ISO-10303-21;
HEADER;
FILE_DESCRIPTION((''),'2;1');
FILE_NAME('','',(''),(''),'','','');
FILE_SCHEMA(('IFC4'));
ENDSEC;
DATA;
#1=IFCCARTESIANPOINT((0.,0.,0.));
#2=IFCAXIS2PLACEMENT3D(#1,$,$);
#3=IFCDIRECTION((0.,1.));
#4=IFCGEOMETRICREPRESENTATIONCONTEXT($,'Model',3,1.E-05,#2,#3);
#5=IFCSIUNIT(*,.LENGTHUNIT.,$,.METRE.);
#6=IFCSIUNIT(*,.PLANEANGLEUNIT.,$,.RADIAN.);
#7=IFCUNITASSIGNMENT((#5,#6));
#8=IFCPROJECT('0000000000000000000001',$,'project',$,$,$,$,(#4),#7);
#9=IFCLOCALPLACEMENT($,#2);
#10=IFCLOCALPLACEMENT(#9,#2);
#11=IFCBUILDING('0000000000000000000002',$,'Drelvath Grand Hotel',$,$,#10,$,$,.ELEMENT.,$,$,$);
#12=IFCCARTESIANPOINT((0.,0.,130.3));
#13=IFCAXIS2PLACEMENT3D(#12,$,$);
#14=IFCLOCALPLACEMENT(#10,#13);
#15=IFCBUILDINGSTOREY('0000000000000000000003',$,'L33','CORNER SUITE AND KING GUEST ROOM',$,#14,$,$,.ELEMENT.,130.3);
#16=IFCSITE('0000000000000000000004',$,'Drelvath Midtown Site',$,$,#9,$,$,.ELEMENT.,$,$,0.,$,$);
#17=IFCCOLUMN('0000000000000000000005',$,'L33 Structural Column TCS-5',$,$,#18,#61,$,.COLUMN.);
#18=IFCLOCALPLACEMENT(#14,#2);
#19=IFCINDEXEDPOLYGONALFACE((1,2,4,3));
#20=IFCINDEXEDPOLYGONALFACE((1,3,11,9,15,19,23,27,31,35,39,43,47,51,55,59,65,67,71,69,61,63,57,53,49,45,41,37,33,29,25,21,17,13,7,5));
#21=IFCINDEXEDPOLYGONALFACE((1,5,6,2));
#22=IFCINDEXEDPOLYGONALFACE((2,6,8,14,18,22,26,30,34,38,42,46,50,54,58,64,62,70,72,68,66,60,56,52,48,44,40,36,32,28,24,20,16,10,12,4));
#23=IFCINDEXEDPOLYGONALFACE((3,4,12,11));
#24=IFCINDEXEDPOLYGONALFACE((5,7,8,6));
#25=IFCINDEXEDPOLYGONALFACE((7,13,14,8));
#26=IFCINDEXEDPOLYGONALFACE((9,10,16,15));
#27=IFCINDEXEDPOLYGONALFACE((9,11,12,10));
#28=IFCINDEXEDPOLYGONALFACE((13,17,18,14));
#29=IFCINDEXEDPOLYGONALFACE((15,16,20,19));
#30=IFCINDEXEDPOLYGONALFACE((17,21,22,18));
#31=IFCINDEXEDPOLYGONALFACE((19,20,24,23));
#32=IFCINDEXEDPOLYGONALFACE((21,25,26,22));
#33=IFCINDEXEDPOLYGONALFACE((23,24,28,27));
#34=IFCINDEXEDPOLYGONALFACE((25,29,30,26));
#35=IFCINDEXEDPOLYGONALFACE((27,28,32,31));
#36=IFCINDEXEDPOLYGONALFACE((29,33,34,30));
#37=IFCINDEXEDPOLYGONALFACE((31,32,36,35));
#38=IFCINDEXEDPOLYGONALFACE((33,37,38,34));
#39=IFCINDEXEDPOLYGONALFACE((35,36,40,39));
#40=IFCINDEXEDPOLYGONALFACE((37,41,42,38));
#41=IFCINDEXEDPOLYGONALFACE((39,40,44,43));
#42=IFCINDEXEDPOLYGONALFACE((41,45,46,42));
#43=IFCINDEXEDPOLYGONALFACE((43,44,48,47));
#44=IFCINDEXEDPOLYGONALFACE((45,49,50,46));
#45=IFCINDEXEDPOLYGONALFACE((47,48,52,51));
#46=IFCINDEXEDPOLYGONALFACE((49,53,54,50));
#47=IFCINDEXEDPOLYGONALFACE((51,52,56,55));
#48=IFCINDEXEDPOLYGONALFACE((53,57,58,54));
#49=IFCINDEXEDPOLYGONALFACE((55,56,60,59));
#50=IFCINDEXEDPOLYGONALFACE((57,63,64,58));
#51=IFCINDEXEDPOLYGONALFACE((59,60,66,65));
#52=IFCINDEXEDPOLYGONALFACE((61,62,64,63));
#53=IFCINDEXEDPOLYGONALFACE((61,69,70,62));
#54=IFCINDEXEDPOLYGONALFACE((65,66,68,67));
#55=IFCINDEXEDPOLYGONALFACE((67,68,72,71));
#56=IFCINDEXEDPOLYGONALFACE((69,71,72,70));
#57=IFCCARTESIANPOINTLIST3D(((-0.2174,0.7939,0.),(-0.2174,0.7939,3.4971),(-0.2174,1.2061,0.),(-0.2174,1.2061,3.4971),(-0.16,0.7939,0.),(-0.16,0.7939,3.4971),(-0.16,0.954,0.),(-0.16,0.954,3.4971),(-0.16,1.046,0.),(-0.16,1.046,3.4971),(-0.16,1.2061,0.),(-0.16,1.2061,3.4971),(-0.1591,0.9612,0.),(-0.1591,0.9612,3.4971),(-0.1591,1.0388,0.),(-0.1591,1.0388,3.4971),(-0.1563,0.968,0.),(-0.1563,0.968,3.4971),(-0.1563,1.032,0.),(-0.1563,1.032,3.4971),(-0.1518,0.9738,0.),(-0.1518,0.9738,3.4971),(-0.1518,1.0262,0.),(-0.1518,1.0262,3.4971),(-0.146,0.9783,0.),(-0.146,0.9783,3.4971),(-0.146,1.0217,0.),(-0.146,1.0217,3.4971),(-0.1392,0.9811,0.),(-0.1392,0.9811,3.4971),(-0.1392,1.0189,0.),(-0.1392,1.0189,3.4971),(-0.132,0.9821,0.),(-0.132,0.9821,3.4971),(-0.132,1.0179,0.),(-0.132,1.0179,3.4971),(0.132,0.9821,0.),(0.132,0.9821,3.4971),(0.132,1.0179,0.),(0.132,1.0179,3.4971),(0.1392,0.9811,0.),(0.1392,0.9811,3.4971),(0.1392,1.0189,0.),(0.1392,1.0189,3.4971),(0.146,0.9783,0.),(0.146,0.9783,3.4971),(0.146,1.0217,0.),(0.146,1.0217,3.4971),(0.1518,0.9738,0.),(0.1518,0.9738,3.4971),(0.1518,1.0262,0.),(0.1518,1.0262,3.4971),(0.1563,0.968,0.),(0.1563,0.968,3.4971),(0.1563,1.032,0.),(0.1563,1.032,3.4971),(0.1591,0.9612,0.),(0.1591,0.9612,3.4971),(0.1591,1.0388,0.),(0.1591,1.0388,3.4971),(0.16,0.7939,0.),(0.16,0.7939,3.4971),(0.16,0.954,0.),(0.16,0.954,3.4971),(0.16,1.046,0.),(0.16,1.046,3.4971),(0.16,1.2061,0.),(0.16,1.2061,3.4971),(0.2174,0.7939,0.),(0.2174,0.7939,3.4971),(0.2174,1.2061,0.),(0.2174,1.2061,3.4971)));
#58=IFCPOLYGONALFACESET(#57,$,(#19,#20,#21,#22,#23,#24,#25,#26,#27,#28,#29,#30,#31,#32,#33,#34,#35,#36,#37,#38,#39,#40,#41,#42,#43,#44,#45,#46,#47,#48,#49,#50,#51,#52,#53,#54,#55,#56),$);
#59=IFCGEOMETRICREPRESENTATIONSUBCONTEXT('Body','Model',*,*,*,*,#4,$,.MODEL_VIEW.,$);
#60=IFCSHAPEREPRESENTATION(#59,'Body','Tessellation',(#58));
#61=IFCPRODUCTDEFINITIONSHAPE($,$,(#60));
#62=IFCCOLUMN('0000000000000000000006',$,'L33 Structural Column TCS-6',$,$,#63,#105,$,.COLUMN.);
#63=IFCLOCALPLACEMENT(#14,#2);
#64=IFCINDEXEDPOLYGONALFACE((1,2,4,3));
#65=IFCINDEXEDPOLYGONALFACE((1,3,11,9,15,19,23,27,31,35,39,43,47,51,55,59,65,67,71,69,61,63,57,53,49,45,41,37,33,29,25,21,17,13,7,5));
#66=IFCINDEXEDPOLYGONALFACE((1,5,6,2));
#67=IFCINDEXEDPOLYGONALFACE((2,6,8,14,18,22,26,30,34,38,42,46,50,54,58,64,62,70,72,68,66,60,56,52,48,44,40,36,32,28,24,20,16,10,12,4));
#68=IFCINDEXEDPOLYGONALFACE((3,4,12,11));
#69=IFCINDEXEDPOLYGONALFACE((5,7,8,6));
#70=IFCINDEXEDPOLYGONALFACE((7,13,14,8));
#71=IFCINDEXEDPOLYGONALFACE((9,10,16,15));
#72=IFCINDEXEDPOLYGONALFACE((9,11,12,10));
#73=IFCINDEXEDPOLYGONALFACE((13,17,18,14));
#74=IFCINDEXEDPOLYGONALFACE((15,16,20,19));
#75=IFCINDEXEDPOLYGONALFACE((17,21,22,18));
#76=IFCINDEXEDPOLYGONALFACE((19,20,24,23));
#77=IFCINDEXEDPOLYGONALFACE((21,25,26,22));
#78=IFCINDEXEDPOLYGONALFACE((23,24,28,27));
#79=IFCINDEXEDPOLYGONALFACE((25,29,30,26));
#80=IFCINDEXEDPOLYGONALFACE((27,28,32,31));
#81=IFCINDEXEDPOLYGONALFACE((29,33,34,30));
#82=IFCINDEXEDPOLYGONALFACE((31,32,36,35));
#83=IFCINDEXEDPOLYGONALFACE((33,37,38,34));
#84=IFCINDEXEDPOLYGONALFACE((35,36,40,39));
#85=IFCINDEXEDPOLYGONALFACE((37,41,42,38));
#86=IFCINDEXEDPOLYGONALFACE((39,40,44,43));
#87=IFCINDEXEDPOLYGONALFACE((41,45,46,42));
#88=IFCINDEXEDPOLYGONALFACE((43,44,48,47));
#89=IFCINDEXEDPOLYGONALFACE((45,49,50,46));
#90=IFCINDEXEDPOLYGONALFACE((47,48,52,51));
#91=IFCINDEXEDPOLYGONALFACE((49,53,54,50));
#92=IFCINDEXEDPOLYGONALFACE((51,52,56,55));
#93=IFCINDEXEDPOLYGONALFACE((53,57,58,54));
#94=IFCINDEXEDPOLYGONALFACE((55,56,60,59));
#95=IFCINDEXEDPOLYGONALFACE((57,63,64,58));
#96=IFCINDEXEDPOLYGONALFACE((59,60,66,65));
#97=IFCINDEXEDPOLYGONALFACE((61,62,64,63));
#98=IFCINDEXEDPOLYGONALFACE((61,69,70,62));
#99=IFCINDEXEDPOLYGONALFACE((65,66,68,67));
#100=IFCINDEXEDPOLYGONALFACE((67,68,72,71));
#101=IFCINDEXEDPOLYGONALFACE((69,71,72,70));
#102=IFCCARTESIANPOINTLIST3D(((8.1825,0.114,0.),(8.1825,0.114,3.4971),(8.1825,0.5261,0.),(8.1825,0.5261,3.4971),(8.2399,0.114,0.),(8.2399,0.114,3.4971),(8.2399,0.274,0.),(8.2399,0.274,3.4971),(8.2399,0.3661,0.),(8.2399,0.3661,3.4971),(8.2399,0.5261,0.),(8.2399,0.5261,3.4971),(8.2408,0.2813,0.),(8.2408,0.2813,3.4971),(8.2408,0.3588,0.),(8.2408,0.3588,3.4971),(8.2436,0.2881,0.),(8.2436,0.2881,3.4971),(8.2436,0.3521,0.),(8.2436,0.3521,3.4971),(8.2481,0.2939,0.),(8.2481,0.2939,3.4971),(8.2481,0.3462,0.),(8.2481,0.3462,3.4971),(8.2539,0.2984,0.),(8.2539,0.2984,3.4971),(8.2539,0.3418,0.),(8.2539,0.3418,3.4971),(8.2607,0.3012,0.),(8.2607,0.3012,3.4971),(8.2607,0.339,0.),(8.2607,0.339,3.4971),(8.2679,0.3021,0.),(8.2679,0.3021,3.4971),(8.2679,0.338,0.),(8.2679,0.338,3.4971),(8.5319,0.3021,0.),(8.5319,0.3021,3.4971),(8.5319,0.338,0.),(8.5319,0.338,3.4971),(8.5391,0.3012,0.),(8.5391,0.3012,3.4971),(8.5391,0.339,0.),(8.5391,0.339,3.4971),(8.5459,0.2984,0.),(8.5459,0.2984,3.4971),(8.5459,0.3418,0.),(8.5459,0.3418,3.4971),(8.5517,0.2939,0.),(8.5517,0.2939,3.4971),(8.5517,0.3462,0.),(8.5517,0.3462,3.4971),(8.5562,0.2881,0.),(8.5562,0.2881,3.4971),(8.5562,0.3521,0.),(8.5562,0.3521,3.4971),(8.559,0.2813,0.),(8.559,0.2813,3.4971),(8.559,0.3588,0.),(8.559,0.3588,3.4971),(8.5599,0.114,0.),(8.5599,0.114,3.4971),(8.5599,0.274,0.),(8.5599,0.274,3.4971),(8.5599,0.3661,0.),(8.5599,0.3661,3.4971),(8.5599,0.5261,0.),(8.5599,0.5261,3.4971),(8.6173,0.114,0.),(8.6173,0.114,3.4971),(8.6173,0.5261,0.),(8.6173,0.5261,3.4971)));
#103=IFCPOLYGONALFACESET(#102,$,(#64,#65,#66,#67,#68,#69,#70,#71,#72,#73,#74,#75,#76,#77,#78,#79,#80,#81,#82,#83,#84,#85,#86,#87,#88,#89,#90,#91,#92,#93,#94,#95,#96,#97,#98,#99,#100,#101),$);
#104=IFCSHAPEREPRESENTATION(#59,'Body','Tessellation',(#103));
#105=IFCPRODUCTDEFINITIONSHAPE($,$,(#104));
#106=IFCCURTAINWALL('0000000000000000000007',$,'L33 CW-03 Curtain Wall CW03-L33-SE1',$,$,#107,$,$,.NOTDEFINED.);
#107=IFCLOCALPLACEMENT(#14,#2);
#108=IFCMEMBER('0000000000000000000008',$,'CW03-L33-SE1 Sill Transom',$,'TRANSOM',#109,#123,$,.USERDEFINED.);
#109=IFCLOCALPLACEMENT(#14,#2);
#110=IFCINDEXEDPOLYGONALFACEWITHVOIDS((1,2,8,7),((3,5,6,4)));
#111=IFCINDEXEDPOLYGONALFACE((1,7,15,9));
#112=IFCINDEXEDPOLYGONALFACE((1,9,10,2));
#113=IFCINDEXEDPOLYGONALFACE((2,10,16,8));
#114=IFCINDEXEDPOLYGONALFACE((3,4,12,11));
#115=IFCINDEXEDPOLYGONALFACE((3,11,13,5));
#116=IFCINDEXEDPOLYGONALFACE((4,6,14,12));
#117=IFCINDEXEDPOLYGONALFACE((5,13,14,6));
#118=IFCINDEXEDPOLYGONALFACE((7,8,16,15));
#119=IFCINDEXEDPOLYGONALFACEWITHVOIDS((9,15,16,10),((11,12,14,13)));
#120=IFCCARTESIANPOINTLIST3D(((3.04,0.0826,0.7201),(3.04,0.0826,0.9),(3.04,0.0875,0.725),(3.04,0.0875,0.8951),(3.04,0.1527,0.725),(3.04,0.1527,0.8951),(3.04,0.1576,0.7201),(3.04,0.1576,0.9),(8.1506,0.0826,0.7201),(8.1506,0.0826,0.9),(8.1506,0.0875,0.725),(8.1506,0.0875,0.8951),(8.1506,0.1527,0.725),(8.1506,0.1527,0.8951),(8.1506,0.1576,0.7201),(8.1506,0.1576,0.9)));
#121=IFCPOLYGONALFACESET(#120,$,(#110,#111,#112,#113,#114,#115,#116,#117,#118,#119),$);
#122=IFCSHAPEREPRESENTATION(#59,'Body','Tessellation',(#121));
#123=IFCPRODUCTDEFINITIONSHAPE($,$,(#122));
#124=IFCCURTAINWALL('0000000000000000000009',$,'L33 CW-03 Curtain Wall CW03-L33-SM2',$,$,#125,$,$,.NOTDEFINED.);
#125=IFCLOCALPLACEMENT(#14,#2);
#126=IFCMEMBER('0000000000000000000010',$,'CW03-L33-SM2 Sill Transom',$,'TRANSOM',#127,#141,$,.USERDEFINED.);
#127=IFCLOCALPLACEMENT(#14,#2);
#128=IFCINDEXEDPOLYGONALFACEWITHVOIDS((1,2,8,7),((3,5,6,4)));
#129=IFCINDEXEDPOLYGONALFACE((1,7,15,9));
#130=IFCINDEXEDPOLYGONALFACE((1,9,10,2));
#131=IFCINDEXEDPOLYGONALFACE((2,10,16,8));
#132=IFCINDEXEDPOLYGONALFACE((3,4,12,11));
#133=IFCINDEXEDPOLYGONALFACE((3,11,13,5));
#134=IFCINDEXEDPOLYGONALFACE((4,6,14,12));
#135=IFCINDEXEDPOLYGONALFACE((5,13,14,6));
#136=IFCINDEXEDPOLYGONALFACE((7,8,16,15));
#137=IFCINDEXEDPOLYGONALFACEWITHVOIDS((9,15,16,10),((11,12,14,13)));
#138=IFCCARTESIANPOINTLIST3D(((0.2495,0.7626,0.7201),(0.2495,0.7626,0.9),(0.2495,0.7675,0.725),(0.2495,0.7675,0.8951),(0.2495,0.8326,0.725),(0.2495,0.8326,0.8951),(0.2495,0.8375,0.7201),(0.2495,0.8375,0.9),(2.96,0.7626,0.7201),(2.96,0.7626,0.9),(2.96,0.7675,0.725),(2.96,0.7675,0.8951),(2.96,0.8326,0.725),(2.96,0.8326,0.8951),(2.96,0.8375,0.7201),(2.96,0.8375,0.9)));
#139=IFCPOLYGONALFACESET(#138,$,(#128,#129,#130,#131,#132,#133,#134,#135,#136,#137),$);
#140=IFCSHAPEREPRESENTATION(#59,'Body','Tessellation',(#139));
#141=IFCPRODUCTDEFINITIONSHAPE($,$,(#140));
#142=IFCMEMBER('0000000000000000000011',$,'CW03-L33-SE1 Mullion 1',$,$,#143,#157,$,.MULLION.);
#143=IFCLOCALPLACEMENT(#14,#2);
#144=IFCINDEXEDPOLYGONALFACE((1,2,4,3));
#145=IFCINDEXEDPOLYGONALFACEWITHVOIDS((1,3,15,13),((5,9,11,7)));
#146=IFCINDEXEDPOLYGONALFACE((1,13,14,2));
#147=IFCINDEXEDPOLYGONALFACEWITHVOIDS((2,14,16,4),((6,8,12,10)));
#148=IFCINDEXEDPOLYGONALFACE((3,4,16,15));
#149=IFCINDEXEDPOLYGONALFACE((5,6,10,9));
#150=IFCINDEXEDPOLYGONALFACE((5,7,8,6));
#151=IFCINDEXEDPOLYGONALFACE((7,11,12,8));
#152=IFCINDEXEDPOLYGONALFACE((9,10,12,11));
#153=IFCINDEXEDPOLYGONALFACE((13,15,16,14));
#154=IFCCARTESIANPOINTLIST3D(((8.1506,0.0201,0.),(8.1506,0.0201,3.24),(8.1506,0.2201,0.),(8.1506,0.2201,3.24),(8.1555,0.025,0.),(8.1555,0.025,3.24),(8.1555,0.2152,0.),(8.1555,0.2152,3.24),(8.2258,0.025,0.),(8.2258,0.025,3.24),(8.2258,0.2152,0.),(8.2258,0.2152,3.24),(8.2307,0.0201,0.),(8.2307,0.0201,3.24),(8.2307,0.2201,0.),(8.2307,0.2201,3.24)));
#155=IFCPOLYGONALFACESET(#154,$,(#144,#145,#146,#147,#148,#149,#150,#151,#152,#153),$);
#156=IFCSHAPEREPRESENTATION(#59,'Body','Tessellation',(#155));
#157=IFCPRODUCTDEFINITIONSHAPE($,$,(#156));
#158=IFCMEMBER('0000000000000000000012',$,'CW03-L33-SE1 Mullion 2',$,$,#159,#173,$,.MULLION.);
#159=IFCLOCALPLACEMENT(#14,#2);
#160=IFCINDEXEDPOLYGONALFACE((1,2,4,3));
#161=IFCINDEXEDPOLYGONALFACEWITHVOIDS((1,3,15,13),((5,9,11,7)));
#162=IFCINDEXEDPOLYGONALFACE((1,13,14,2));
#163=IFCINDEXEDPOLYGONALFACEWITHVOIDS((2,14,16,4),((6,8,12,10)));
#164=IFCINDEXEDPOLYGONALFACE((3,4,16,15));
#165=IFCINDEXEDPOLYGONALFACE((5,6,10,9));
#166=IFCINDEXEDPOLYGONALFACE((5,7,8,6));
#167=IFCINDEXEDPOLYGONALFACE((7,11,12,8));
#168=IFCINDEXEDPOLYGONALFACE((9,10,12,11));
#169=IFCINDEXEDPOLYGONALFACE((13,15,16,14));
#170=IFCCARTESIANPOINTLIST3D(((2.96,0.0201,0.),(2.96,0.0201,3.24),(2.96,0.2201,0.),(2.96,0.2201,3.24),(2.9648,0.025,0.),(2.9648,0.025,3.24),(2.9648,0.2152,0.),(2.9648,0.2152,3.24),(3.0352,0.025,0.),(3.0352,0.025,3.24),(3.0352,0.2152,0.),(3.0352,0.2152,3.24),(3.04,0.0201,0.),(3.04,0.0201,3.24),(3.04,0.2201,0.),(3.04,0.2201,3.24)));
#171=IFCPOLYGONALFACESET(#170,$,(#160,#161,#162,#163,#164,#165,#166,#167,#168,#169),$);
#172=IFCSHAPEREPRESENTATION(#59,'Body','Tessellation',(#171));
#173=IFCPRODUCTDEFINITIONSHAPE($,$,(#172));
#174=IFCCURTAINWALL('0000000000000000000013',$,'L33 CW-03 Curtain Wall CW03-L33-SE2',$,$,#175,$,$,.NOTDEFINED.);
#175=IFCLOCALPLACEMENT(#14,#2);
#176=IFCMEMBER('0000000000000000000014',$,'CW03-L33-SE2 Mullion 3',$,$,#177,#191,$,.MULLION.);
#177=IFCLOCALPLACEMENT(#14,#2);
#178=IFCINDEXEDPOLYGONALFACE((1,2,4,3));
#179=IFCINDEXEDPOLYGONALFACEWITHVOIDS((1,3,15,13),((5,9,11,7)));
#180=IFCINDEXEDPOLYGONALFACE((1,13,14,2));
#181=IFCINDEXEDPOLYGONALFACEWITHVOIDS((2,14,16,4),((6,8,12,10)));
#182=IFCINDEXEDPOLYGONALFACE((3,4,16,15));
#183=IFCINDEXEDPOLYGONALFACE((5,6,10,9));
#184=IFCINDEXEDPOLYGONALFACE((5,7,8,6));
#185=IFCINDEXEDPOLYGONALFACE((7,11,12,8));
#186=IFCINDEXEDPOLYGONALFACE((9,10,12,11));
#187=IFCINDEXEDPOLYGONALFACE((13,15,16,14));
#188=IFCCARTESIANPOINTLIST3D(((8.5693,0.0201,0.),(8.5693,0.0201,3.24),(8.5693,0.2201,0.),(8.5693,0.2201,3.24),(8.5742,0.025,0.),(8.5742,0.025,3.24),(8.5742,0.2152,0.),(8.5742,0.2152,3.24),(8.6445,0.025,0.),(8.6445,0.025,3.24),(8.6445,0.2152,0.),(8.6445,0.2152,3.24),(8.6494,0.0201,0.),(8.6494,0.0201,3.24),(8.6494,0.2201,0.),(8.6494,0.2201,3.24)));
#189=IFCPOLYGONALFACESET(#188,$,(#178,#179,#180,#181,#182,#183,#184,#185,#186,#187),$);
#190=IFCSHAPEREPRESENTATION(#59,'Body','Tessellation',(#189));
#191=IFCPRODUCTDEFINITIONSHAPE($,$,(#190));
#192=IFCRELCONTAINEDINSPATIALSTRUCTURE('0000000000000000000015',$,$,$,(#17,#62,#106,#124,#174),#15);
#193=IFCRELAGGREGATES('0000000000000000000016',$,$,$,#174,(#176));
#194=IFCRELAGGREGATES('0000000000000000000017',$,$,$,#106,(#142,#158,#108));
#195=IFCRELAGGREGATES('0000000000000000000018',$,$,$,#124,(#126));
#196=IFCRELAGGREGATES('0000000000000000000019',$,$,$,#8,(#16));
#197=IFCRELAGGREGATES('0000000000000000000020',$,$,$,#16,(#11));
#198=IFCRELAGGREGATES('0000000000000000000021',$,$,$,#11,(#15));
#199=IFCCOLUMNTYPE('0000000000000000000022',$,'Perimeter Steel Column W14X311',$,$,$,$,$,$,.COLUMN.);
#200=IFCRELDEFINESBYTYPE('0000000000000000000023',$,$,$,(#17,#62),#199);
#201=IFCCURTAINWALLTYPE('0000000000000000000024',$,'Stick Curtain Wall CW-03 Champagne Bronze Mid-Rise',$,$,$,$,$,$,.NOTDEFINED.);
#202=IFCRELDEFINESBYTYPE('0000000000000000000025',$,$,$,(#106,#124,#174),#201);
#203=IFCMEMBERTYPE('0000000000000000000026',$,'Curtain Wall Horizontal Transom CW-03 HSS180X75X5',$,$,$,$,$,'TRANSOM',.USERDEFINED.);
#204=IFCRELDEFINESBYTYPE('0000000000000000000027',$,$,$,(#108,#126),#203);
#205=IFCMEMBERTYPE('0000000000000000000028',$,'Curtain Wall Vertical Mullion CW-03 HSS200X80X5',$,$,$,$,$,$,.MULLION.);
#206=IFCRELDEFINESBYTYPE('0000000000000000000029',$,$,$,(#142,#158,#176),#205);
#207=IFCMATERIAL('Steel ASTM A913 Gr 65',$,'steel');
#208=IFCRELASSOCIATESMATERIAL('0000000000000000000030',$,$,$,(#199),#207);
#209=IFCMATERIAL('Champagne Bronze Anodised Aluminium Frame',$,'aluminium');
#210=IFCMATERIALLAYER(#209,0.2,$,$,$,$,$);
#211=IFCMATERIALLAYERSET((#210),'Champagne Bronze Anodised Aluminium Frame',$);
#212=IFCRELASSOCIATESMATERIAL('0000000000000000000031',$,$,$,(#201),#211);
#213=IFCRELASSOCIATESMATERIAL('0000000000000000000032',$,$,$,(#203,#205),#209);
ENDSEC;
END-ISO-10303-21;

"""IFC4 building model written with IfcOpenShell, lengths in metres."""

from ifc_helpers import new_model, si_unit, direction, frame, origin, origin_2d, place, context, subcontext, project, spatial, hollow_rectangle, i_section, extrude, material, layer, layer_set, material_profile, profile_set, type_object, element, aggregate, save


model = new_model("IFC4")

# Units and contexts
model_context = context("Model", 3, precision=1e-05, world=origin(), true_north=direction((0.0, 1.0)))
body_context = subcontext(model_context, "Body", "Model", "MODEL_VIEW")
ifc_project = project(units=[si_unit("LENGTHUNIT", "METRE"), si_unit("PLANEANGLEUNIT", "RADIAN")], contexts=[model_context])

# Site, building, storey
site_placement = place(None, origin())
site = spatial("IfcSite", under=ifc_project, at=site_placement, Name="Drelvath Midtown Site", CompositionType="ELEMENT", RefElevation=0.0)
building_placement = place(site_placement, origin())
building = spatial("IfcBuilding", under=site, at=building_placement, Name="Drelvath Grand Hotel", CompositionType="ELEMENT")
storey_placement = place(building_placement, frame((0.0, 0.0, 130.3)))
storey = spatial("IfcBuildingStorey", under=building, at=storey_placement, Name="L33", Description="CORNER SUITE AND KING GUEST ROOM", CompositionType="ELEMENT", Elevation=130.3)

# Columns
ifc_material_1 = material(Name="Steel ASTM A913 Gr 65", Category="steel")
ifc_material_profile_1 = material_profile(ifc_material_1, i_section(OverallWidth=0.4121, OverallDepth=0.4348, WebThickness=0.0359, FlangeThickness=0.0574, FilletRadius=0.0281, at=origin_2d()), Name="W14X311")
ifc_profile_set_1 = profile_set([ifc_material_profile_1], Name="Steel ASTM A913 Gr 65")
column_type = type_object("IfcColumnType", Name="Perimeter Steel Column W14X311", PredefinedType="COLUMN", material=ifc_profile_set_1)
for number, where, z_axis, x_axis, name in (
    (1, (0.0, 1.0, 0.0), (0.0, 0.0, 1.0), (0.0, 1.0, 0.0), "L33 Structural Column TCS-5"),
    (2, (8.3999, 0.3201, 0.0), (0.0, 0.0, 1.0), (0.0, 1.0, 0.0), "L33 Structural Column TCS-6"),
):
    element("IfcColumn", number, at=place(storey_placement, frame(where, z_axis=z_axis, x_axis=x_axis)), inside=storey, type_object=column_type, Name=name, PredefinedType="COLUMN", context=body_context, shape_type="SweptSolid", body=[
        extrude(i_section(OverallWidth=0.4121, OverallDepth=0.4348, WebThickness=0.0359, FlangeThickness=0.0574, FilletRadius=0.0281, at=origin_2d()), origin(), (0.0, 0.0, 1.0), 3.4971),
    ])

# Curtain walls, members
ifc_material_2 = material(Name="Champagne Bronze Anodised Aluminium Frame", Category="aluminium")
ifc_layer_1 = layer(ifc_material_2, 0.2)
ifc_layer_set_1 = layer_set([ifc_layer_1], Name="Champagne Bronze Anodised Aluminium Frame")
curtain_wall_type = type_object("IfcCurtainWallType", Name="Stick Curtain Wall CW-03 Champagne Bronze Mid-Rise", PredefinedType="NOTDEFINED", material=ifc_layer_set_1)
curtain_wall_1_placement = place(storey_placement, origin())
curtain_wall_1 = element("IfcCurtainWall", 3, at=curtain_wall_1_placement, inside=storey, type_object=curtain_wall_type, Name="L33 CW-03 Curtain Wall CW03-L33-SE1", PredefinedType="NOTDEFINED")
ifc_material_profile_2 = material_profile(ifc_material_2, hollow_rectangle(XDim=0.075, YDim=0.1799, WallThickness=0.0049, at=origin_2d()), Name="HSS180X75X5")
ifc_profile_set_2 = profile_set([ifc_material_profile_2], Name="Champagne Bronze Anodised Aluminium Frame")
member_type_1 = type_object("IfcMemberType", Name="Curtain Wall Horizontal Transom CW-03 HSS180X75X5", ElementType="TRANSOM", PredefinedType="USERDEFINED", material=ifc_profile_set_2)
member_1_placement = place(storey_placement, frame((8.1506, 0.1201, 0.8101), z_axis=(-1.0, 0.0, 0.0), x_axis=(0.0, -1.0, 0.0)))
member_1 = element("IfcMember", 4, at=member_1_placement, type_object=member_type_1, Name="CW03-L33-SE1 Sill Transom", ObjectType="TRANSOM", PredefinedType="USERDEFINED", context=body_context, shape_type="SweptSolid", body=[
    extrude(hollow_rectangle(XDim=0.075, YDim=0.1799, WallThickness=0.0049, at=origin_2d()), origin(), (0.0, 0.0, 1.0), 5.1106),
])
curtain_wall_2_placement = place(storey_placement, origin())
curtain_wall_2 = element("IfcCurtainWall", 5, at=curtain_wall_2_placement, inside=storey, type_object=curtain_wall_type, Name="L33 CW-03 Curtain Wall CW03-L33-SM2", PredefinedType="NOTDEFINED")
member_2_placement = place(storey_placement, frame((2.96, 0.8, 0.8101), z_axis=(-1.0, 0.0, 0.0), x_axis=(0.0, -1.0, 0.0)))
member_2 = element("IfcMember", 6, at=member_2_placement, type_object=member_type_1, Name="CW03-L33-SM2 Sill Transom", ObjectType="TRANSOM", PredefinedType="USERDEFINED", context=body_context, shape_type="SweptSolid", body=[
    extrude(hollow_rectangle(XDim=0.075, YDim=0.1799, WallThickness=0.0049, at=origin_2d()), origin(), (0.0, 0.0, 1.0), 2.7104),
])

# Members
ifc_material_profile_3 = material_profile(ifc_material_2, hollow_rectangle(XDim=0.0801, YDim=0.2, WallThickness=0.0049, at=origin_2d()), Name="HSS200X80X5")
ifc_profile_set_3 = profile_set([ifc_material_profile_3], Name="Champagne Bronze Anodised Aluminium Frame")
member_type_2 = type_object("IfcMemberType", Name="Curtain Wall Vertical Mullion CW-03 HSS200X80X5", PredefinedType="MULLION", material=ifc_profile_set_3)
member_3_placement = place(storey_placement, frame((8.1907, 0.1201, 0.0), z_axis=(0.0, 0.0, 1.0), x_axis=(1.0, 0.0, 0.0)))
member_3 = element("IfcMember", 7, at=member_3_placement, type_object=member_type_2, Name="CW03-L33-SE1 Mullion 1", PredefinedType="MULLION", context=body_context, shape_type="SweptSolid", body=[
    extrude(hollow_rectangle(XDim=0.0801, YDim=0.2, WallThickness=0.0049, at=origin_2d()), origin(), (0.0, 0.0, 1.0), 3.24),
])
member_4_placement = place(storey_placement, frame((3.0, 0.1201, 0.0), z_axis=(0.0, 0.0, 1.0), x_axis=(1.0, 0.0, 0.0)))
member_4 = element("IfcMember", 8, at=member_4_placement, type_object=member_type_2, Name="CW03-L33-SE1 Mullion 2", PredefinedType="MULLION", context=body_context, shape_type="SweptSolid", body=[
    extrude(hollow_rectangle(XDim=0.0801, YDim=0.2, WallThickness=0.0049, at=origin_2d()), origin(), (0.0, 0.0, 1.0), 3.24),
])

# Curtain wall, member
curtain_wall_3_placement = place(storey_placement, origin())
curtain_wall_3 = element("IfcCurtainWall", 9, at=curtain_wall_3_placement, inside=storey, type_object=curtain_wall_type, Name="L33 CW-03 Curtain Wall CW03-L33-SE2", PredefinedType="NOTDEFINED")
member_5_placement = place(storey_placement, frame((8.6094, 0.1201, 0.0), z_axis=(0.0, 0.0, 1.0), x_axis=(1.0, 0.0, 0.0)))
member_5 = element("IfcMember", 10, at=member_5_placement, type_object=member_type_2, Name="CW03-L33-SE2 Mullion 3", PredefinedType="MULLION", context=body_context, shape_type="SweptSolid", body=[
    extrude(hollow_rectangle(XDim=0.0801, YDim=0.2, WallThickness=0.0049, at=origin_2d()), origin(), (0.0, 0.0, 1.0), 3.24),
])
aggregate(curtain_wall_3, [member_5])

aggregate(curtain_wall_1, [member_3, member_4, member_1])
aggregate(curtain_wall_2, [member_2])

save(model, "model.ifc")
